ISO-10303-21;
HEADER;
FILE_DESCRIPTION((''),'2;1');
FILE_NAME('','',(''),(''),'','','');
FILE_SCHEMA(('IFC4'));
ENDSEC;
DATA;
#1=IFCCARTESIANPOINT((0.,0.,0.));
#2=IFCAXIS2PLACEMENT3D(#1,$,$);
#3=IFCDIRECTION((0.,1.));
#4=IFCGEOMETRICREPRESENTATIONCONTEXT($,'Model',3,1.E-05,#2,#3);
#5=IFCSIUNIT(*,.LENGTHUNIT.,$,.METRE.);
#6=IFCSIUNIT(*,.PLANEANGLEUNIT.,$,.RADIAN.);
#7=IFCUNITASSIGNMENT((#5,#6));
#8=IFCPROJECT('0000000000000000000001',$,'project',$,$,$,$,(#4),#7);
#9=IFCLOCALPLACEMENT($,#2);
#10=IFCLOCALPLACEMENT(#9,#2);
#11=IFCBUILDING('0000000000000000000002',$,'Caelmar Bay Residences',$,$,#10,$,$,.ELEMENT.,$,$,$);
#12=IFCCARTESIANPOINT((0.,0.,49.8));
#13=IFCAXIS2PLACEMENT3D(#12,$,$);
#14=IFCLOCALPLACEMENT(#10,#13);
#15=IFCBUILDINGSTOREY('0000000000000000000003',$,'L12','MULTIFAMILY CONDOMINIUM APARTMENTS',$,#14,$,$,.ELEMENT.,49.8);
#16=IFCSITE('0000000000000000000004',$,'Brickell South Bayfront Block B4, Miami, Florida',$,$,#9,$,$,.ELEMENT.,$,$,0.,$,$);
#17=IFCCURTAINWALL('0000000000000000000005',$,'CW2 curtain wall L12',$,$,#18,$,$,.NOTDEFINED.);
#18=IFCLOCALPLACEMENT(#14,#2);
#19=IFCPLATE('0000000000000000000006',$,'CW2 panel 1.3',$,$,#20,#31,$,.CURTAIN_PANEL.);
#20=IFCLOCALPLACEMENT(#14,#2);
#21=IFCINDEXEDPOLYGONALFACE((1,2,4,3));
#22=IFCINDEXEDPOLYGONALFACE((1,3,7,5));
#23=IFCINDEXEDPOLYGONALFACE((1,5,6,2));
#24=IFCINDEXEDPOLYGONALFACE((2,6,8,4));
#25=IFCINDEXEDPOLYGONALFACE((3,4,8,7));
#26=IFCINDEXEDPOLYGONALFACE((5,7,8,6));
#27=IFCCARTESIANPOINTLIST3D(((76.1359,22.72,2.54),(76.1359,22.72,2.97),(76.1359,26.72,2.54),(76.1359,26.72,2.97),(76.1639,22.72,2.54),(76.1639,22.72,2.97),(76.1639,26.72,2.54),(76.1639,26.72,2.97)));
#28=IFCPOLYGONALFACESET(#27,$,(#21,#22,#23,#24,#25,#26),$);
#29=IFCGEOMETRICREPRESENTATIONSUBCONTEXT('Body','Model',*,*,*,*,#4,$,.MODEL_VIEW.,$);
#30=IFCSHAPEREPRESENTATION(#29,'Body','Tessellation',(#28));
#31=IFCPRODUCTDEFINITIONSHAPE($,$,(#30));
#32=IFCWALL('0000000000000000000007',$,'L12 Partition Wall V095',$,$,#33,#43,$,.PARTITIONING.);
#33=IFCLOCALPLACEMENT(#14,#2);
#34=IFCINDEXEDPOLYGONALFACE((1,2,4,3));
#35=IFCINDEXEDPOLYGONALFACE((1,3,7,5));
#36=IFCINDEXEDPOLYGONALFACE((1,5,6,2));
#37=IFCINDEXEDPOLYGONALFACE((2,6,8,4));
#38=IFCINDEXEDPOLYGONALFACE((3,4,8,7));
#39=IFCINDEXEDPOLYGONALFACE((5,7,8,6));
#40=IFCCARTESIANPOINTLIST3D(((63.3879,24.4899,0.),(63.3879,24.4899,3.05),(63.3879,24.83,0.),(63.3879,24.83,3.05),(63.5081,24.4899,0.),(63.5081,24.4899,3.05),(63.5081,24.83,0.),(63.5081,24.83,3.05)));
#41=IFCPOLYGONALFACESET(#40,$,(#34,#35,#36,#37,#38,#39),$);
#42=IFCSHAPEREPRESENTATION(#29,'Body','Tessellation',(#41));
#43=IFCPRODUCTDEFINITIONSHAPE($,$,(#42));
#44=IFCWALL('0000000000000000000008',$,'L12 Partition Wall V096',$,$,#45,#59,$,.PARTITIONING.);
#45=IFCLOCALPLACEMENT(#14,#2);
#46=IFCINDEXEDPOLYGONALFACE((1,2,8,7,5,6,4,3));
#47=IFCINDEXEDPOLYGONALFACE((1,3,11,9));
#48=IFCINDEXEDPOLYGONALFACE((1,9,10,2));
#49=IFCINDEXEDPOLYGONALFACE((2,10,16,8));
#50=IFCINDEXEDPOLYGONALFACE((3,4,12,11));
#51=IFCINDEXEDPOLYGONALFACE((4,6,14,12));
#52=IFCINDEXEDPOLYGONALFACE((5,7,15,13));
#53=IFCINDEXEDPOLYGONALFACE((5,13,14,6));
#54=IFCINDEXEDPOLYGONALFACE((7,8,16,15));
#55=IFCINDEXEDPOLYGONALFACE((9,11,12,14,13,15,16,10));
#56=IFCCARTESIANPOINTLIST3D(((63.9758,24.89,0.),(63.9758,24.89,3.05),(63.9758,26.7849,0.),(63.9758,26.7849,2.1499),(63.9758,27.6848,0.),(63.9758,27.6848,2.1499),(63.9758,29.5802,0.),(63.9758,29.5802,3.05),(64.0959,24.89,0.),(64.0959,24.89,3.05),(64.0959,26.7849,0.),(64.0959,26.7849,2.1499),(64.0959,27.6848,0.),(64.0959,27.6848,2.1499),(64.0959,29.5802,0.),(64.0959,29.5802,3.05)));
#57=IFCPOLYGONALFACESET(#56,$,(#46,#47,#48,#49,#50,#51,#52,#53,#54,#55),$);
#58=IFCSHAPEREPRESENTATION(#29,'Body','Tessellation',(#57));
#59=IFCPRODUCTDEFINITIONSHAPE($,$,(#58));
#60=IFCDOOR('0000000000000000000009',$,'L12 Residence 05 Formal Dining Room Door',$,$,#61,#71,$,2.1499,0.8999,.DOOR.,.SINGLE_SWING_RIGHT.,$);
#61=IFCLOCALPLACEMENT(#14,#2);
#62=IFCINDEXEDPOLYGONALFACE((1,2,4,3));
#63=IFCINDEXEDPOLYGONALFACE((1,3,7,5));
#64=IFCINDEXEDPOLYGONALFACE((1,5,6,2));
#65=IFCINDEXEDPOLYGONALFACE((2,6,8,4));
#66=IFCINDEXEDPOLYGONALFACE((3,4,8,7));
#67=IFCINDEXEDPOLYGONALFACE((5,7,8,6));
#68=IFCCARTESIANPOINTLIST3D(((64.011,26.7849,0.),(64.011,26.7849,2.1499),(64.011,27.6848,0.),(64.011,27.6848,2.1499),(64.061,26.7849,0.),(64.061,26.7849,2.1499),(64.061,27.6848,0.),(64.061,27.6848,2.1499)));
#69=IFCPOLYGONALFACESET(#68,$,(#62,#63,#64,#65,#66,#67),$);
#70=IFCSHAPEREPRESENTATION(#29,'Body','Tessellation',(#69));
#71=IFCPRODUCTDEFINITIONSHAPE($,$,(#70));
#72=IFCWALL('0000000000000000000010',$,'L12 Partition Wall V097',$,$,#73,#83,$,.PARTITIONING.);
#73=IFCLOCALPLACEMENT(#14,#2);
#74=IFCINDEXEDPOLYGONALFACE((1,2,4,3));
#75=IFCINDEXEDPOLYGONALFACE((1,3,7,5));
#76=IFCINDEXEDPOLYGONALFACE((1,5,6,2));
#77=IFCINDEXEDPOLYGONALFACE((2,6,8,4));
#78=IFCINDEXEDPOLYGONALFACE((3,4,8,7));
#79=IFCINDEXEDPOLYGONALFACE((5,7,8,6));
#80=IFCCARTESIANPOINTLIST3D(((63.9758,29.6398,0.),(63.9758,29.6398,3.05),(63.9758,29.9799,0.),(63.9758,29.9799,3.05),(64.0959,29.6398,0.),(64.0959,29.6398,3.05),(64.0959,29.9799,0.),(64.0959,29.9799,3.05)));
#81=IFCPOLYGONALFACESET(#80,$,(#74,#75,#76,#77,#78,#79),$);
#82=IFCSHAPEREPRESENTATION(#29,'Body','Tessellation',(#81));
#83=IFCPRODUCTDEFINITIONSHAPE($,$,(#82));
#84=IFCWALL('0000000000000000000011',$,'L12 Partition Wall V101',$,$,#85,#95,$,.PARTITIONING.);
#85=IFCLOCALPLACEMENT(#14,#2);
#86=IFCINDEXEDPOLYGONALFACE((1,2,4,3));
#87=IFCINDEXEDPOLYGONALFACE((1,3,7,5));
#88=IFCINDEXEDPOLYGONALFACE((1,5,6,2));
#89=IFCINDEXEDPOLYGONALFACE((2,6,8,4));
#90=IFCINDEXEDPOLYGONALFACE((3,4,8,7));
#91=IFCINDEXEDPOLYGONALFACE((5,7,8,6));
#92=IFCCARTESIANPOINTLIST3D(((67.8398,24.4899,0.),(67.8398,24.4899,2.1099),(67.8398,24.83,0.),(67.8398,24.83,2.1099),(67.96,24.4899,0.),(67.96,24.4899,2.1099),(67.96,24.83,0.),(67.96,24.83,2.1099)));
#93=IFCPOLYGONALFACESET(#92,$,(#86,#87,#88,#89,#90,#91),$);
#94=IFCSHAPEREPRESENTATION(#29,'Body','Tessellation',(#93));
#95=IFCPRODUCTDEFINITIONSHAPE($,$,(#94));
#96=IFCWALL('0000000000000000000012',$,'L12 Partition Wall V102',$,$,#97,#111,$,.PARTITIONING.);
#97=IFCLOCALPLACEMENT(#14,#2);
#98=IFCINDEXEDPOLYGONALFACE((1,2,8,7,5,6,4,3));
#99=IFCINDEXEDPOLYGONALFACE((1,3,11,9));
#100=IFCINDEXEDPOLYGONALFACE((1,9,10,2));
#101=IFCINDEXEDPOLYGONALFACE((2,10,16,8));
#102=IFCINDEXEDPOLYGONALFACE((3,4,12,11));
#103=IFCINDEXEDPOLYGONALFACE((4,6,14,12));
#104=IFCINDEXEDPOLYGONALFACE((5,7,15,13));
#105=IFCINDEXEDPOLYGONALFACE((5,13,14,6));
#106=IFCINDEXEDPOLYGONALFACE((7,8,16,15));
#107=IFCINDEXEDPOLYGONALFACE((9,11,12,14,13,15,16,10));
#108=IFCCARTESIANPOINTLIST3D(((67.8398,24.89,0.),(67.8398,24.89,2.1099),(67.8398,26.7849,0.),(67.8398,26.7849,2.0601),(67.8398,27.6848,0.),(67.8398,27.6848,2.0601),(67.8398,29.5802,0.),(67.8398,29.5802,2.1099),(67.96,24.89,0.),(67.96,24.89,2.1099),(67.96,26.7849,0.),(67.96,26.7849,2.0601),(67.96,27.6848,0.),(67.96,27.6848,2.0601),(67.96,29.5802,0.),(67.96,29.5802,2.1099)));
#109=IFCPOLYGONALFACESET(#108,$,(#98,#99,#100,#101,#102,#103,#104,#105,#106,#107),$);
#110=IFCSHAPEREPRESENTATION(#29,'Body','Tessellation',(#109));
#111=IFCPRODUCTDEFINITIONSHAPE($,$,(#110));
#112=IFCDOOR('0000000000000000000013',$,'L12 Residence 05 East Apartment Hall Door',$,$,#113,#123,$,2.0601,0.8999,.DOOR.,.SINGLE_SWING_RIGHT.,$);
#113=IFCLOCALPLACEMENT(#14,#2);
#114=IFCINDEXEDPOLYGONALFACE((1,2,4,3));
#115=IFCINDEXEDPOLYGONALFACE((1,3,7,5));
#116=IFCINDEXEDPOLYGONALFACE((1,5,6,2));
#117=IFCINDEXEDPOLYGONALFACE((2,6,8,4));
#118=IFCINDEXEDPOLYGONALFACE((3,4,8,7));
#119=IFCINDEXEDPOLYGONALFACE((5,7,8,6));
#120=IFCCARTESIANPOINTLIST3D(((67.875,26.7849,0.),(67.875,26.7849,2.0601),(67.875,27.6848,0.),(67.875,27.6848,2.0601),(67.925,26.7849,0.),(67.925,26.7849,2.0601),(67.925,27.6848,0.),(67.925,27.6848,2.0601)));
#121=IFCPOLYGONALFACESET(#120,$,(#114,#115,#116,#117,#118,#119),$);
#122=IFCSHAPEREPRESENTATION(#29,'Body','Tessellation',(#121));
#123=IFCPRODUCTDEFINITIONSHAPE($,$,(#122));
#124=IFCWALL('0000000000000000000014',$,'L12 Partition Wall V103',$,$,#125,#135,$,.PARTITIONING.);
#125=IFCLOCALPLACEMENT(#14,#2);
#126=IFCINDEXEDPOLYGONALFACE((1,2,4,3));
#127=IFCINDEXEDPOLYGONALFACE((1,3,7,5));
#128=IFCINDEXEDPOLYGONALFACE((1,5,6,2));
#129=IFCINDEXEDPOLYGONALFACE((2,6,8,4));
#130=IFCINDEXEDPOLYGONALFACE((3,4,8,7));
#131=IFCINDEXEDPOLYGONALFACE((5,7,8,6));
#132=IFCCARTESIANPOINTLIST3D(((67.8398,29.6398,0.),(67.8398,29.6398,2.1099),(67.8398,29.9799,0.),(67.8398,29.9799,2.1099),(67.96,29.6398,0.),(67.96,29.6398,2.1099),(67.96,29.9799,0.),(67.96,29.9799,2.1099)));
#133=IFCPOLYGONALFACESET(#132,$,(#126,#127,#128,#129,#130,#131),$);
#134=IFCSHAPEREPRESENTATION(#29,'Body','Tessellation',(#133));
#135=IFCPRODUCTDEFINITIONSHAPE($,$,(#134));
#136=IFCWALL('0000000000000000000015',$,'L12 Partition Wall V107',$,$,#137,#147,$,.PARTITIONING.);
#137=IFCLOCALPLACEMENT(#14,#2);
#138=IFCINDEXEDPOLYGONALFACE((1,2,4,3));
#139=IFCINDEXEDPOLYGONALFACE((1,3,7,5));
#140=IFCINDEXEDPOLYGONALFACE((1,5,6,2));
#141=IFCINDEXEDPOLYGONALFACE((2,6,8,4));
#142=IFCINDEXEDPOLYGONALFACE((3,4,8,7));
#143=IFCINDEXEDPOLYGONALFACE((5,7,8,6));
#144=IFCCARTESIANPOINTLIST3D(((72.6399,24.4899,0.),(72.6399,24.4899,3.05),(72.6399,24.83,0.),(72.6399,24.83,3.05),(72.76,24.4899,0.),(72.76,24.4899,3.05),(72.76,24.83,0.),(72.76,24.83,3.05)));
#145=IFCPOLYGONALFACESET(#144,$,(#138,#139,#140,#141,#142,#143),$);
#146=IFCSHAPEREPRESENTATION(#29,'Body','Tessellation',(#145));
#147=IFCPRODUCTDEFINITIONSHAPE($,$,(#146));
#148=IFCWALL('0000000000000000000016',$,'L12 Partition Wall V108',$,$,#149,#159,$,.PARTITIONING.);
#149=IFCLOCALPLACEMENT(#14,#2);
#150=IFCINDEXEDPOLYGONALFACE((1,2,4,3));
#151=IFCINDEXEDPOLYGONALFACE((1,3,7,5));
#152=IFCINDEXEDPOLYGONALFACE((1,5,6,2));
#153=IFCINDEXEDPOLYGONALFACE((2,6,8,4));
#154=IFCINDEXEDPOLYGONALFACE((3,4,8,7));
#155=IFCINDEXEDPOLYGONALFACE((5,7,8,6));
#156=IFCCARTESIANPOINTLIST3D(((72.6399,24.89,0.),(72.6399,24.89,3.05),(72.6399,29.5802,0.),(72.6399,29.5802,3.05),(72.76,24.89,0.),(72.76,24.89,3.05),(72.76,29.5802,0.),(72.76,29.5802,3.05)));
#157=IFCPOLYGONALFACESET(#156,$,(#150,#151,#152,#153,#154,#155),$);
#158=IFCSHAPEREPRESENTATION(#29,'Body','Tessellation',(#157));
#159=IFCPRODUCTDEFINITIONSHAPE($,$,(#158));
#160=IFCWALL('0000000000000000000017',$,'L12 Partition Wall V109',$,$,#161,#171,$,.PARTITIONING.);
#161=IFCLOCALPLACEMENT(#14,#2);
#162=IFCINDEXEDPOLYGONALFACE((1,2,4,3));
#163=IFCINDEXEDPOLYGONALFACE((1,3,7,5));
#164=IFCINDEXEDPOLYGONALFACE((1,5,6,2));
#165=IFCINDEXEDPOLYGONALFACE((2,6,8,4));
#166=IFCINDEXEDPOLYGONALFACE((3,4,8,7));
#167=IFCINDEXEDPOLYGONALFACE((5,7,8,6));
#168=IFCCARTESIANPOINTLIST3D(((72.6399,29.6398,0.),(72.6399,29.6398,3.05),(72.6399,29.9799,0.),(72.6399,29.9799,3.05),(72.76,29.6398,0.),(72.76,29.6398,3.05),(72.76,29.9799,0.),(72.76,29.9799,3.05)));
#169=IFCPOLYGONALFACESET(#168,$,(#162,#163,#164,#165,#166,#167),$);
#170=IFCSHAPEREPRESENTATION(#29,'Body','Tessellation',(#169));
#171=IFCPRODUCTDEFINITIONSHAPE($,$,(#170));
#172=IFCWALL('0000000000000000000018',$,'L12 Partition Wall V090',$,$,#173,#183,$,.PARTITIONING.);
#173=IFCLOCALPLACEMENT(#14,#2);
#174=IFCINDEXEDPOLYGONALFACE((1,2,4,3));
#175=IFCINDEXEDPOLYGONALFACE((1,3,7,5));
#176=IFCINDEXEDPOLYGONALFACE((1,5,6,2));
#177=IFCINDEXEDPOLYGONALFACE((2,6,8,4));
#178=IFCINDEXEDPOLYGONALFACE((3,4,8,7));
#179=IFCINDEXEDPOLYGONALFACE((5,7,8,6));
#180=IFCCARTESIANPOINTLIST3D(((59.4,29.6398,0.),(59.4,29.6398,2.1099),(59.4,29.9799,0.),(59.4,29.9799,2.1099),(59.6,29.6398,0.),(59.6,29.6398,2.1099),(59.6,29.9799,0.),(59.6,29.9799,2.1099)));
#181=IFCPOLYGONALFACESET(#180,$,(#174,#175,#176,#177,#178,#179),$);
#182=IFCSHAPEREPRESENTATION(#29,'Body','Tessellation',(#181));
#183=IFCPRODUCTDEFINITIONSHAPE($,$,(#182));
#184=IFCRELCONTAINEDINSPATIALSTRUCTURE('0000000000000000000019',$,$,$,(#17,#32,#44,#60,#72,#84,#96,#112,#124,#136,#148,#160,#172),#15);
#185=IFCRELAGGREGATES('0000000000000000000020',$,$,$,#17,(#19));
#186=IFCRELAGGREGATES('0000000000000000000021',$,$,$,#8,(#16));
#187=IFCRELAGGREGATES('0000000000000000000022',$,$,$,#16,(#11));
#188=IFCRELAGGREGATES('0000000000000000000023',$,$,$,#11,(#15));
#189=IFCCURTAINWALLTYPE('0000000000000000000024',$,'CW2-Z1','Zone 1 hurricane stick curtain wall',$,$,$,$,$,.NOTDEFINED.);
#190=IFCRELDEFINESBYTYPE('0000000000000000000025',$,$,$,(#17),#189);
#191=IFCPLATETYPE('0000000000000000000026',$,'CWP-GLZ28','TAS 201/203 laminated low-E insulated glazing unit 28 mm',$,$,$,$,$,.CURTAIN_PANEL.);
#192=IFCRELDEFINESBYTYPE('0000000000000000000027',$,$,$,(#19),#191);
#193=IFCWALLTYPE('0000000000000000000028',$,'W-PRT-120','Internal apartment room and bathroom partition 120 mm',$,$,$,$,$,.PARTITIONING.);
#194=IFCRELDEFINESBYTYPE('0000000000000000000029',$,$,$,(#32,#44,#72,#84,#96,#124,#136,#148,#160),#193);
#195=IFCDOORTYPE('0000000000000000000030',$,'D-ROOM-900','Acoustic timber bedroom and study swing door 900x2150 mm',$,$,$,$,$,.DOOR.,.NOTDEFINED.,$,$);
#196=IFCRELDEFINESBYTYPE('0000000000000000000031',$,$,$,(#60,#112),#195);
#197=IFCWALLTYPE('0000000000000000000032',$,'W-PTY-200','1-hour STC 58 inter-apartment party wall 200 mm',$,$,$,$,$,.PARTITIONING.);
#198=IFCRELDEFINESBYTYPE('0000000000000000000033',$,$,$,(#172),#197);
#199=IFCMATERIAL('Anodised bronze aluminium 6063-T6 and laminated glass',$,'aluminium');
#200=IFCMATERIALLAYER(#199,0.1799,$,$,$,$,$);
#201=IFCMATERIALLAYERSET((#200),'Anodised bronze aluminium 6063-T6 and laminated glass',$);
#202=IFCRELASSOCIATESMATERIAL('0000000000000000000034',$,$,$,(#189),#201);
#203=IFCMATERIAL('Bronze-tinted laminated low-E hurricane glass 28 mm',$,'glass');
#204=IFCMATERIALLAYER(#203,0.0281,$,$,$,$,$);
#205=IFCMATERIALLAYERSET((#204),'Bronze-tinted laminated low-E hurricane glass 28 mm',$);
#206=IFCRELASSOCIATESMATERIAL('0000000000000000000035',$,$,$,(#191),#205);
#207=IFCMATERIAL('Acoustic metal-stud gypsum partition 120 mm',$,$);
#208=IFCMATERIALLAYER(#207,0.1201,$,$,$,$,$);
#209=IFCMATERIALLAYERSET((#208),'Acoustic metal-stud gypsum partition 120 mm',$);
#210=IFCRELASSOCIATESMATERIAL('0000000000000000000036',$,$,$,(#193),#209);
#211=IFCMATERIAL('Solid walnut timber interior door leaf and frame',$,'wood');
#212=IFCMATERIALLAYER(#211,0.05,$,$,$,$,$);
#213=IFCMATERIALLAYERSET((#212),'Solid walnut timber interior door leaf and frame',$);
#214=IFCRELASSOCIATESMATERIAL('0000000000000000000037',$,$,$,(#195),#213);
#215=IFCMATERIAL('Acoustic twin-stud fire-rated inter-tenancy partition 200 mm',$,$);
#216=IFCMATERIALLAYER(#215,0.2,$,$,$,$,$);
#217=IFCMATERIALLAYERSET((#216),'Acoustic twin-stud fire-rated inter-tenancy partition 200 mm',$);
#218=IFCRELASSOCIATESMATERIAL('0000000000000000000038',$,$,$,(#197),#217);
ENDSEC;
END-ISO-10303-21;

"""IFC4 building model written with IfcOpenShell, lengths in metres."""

from ifc_helpers import new_model, si_unit, direction, frame, frame_2d, origin, origin_2d, place, context, subcontext, project, spatial, rectangle, extrude, material, layer, layer_set, type_object, element, fill, aggregate, save


model = new_model("IFC4")

# Units and contexts
model_context = context("Model", 3, precision=1e-05, world=origin(), true_north=direction((0.0, 1.0)))
body_context = subcontext(model_context, "Body", "Model", "MODEL_VIEW")
ifc_project = project(units=[si_unit("LENGTHUNIT", "METRE"), si_unit("PLANEANGLEUNIT", "RADIAN")], contexts=[model_context])

# Site, building, storey
site_placement = place(None, origin())
site = spatial("IfcSite", under=ifc_project, at=site_placement, Name="Brickell South Bayfront Block B4, Miami, Florida", CompositionType="ELEMENT", RefElevation=0.0)
building_placement = place(site_placement, origin())
building = spatial("IfcBuilding", under=site, at=building_placement, Name="Caelmar Bay Residences", CompositionType="ELEMENT")
storey_placement = place(building_placement, frame((0.0, 0.0, 49.8)))
storey = spatial("IfcBuildingStorey", under=building, at=storey_placement, Name="L12", Description="MULTIFAMILY CONDOMINIUM APARTMENTS", CompositionType="ELEMENT", Elevation=49.8)

# Curtain wall, plate
ifc_material_1 = material(Name="Anodised bronze aluminium 6063-T6 and laminated glass", Category="aluminium")
ifc_layer_1 = layer(ifc_material_1, 0.1799)
ifc_layer_set_1 = layer_set([ifc_layer_1], Name="Anodised bronze aluminium 6063-T6 and laminated glass")
curtain_wall_type = type_object("IfcCurtainWallType", Name="CW2-Z1", Description="Zone 1 hurricane stick curtain wall", PredefinedType="NOTDEFINED", material=ifc_layer_set_1)
curtain_wall_placement = place(storey_placement, origin())
curtain_wall = element("IfcCurtainWall", 1, at=curtain_wall_placement, inside=storey, type_object=curtain_wall_type, Name="CW2 curtain wall L12", PredefinedType="NOTDEFINED")
ifc_material_2 = material(Name="Bronze-tinted laminated low-E hurricane glass 28 mm", Category="glass")
ifc_layer_2 = layer(ifc_material_2, 0.0281)
ifc_layer_set_2 = layer_set([ifc_layer_2], Name="Bronze-tinted laminated low-E hurricane glass 28 mm")
plate_type = type_object("IfcPlateType", Name="CWP-GLZ28", Description="TAS 201/203 laminated low-E insulated glazing unit 28 mm", PredefinedType="CURTAIN_PANEL", material=ifc_layer_set_2)
plate_1_placement = place(storey_placement, frame((76.1499, 24.72, 2.54), z_axis=(0.0, 0.0, 1.0), x_axis=(0.0, -1.0, 0.0)))
plate_1 = element("IfcPlate", 2, at=plate_1_placement, type_object=plate_type, Name="CW2 panel 1.3", PredefinedType="CURTAIN_PANEL", context=body_context, shape_type="SweptSolid", body=[
    extrude(rectangle(XDim=4.0, YDim=0.0281, at=origin_2d()), origin(), (0.0, 0.0, 1.0), 0.4299),
])
aggregate(curtain_wall, [plate_1])

# Wall
ifc_material_3 = material(Name="Acoustic metal-stud gypsum partition 120 mm")
ifc_layer_3 = layer(ifc_material_3, 0.1201)
ifc_layer_set_3 = layer_set([ifc_layer_3], Name="Acoustic metal-stud gypsum partition 120 mm")
wall_type_1 = type_object("IfcWallType", Name="W-PRT-120", Description="Internal apartment room and bathroom partition 120 mm", PredefinedType="PARTITIONING", material=ifc_layer_set_3)
wall_1_placement = place(storey_placement, frame((63.448, 24.49, 0.0), z_axis=(0.0, 0.0, 1.0), x_axis=(0.0, 1.0, 0.0)))
element("IfcWall", 3, at=wall_1_placement, inside=storey, type_object=wall_type_1, Name="L12 Partition Wall V095", PredefinedType="PARTITIONING", context=body_context, shape_type="SweptSolid", body=[
    extrude(rectangle(XDim=0.3401, YDim=0.1201, at=frame_2d((0.1699, 0.0))), origin(), (0.0, 0.0, 1.0), 3.05),
])

# Wall, opening, door
wall_2_placement = place(storey_placement, frame((64.0359, 24.8899, 0.0), z_axis=(0.0, 0.0, 1.0), x_axis=(0.0, 1.0, 0.0)))
wall_2 = element("IfcWall", 4, at=wall_2_placement, inside=storey, type_object=wall_type_1, Name="L12 Partition Wall V096", PredefinedType="PARTITIONING", context=body_context, shape_type="SweptSolid", body=[
    extrude(rectangle(XDim=4.6902, YDim=0.1201, at=frame_2d((2.3452, 0.0))), origin(), (0.0, 0.0, 1.0), 3.05),
])
opening_1_placement = place(wall_2_placement, frame((1.895, 0.0, 0.0)))
opening_1 = element("IfcOpeningElement", 5, at=opening_1_placement, cuts=wall_2, PredefinedType="OPENING", context=body_context, shape_type="SweptSolid", body=[
    extrude(rectangle(XDim=0.8999, YDim=2.1499, at=frame_2d((0.45, 1.075))), frame((0.0, 0.0701, 0.0), z_axis=(0.0, -1.0, 0.0), x_axis=(1.0, 0.0, 0.0)), (0.0, 0.0, 1.0), 0.1401),
])
ifc_material_4 = material(Name="Solid walnut timber interior door leaf and frame", Category="wood")
ifc_layer_4 = layer(ifc_material_4, 0.05)
ifc_layer_set_4 = layer_set([ifc_layer_4], Name="Solid walnut timber interior door leaf and frame")
door_type = type_object("IfcDoorType", Name="D-ROOM-900", Description="Acoustic timber bedroom and study swing door 900x2150 mm", OperationType="NOTDEFINED", PredefinedType="DOOR", material=ifc_layer_set_4)
door_1_placement = place(opening_1_placement, origin())
door_1 = element("IfcDoor", 6, at=door_1_placement, inside=storey, type_object=door_type, Name="L12 Residence 05 Formal Dining Room Door", OperationType="SINGLE_SWING_RIGHT", OverallHeight=2.1499, OverallWidth=0.8999, PredefinedType="DOOR", context=body_context, shape_type="SweptSolid", body=[
    extrude(rectangle(XDim=0.8999, YDim=2.1499, at=frame_2d((0.45, 1.075))), frame((0.0, 0.0249, 0.0), z_axis=(0.0, -1.0, 0.0), x_axis=(1.0, 0.0, 0.0)), (0.0, 0.0, 1.0), 0.05),
])
fill(opening_1, door_1)

# Walls
wall_3_placement = place(storey_placement, frame((64.0359, 29.6399, 0.0), z_axis=(0.0, 0.0, 1.0), x_axis=(0.0, 1.0, 0.0)))
element("IfcWall", 7, at=wall_3_placement, inside=storey, type_object=wall_type_1, Name="L12 Partition Wall V097", PredefinedType="PARTITIONING", context=body_context, shape_type="SweptSolid", body=[
    extrude(rectangle(XDim=0.3401, YDim=0.1201, at=frame_2d((0.1699, 0.0))), origin(), (0.0, 0.0, 1.0), 3.05),
])
wall_4_placement = place(storey_placement, frame((67.8999, 24.49, 0.0), z_axis=(0.0, 0.0, 1.0), x_axis=(0.0, 1.0, 0.0)))
element("IfcWall", 8, at=wall_4_placement, inside=storey, type_object=wall_type_1, Name="L12 Partition Wall V101", PredefinedType="PARTITIONING", context=body_context, shape_type="SweptSolid", body=[
    extrude(rectangle(XDim=0.3401, YDim=0.1201, at=frame_2d((0.1699, 0.0))), origin(), (0.0, 0.0, 1.0), 2.1099),
])

# Wall, opening, door
wall_5_placement = place(storey_placement, frame((67.8999, 24.8899, 0.0), z_axis=(0.0, 0.0, 1.0), x_axis=(0.0, 1.0, 0.0)))
wall_5 = element("IfcWall", 9, at=wall_5_placement, inside=storey, type_object=wall_type_1, Name="L12 Partition Wall V102", PredefinedType="PARTITIONING", context=body_context, shape_type="SweptSolid", body=[
    extrude(rectangle(XDim=4.6902, YDim=0.1201, at=frame_2d((2.3452, 0.0))), origin(), (0.0, 0.0, 1.0), 2.1099),
])
opening_2_placement = place(wall_5_placement, frame((1.895, 0.0, 0.0)))
opening_2 = element("IfcOpeningElement", 10, at=opening_2_placement, cuts=wall_5, PredefinedType="OPENING", context=body_context, shape_type="SweptSolid", body=[
    extrude(rectangle(XDim=0.8999, YDim=2.0601, at=frame_2d((0.45, 1.03))), frame((0.0, 0.0701, 0.0), z_axis=(0.0, -1.0, 0.0), x_axis=(1.0, 0.0, 0.0)), (0.0, 0.0, 1.0), 0.1401),
])
door_2_placement = place(opening_2_placement, origin())
door_2 = element("IfcDoor", 11, at=door_2_placement, inside=storey, type_object=door_type, Name="L12 Residence 05 East Apartment Hall Door", OperationType="SINGLE_SWING_RIGHT", OverallHeight=2.0601, OverallWidth=0.8999, PredefinedType="DOOR", context=body_context, shape_type="SweptSolid", body=[
    extrude(rectangle(XDim=0.8999, YDim=2.0601, at=frame_2d((0.45, 1.03))), frame((0.0, 0.0249, 0.0), z_axis=(0.0, -1.0, 0.0), x_axis=(1.0, 0.0, 0.0)), (0.0, 0.0, 1.0), 0.05),
])
fill(opening_2, door_2)

# Walls
wall_6_placement = place(storey_placement, frame((67.8999, 29.6399, 0.0), z_axis=(0.0, 0.0, 1.0), x_axis=(0.0, 1.0, 0.0)))
element("IfcWall", 12, at=wall_6_placement, inside=storey, type_object=wall_type_1, Name="L12 Partition Wall V103", PredefinedType="PARTITIONING", context=body_context, shape_type="SweptSolid", body=[
    extrude(rectangle(XDim=0.3401, YDim=0.1201, at=frame_2d((0.1699, 0.0))), origin(), (0.0, 0.0, 1.0), 2.1099),
])
wall_7_placement = place(storey_placement, frame((72.7, 24.49, 0.0), z_axis=(0.0, 0.0, 1.0), x_axis=(0.0, 1.0, 0.0)))
element("IfcWall", 13, at=wall_7_placement, inside=storey, type_object=wall_type_1, Name="L12 Partition Wall V107", PredefinedType="PARTITIONING", context=body_context, shape_type="SweptSolid", body=[
    extrude(rectangle(XDim=0.3401, YDim=0.1201, at=frame_2d((0.1699, 0.0))), origin(), (0.0, 0.0, 1.0), 3.05),
])
wall_8_placement = place(storey_placement, frame((72.7, 24.8899, 0.0), z_axis=(0.0, 0.0, 1.0), x_axis=(0.0, 1.0, 0.0)))
element("IfcWall", 14, at=wall_8_placement, inside=storey, type_object=wall_type_1, Name="L12 Partition Wall V108", PredefinedType="PARTITIONING", context=body_context, shape_type="SweptSolid", body=[
    extrude(rectangle(XDim=4.6902, YDim=0.1201, at=frame_2d((2.3452, 0.0))), origin(), (0.0, 0.0, 1.0), 3.05),
])
wall_9_placement = place(storey_placement, frame((72.7, 29.6399, 0.0), z_axis=(0.0, 0.0, 1.0), x_axis=(0.0, 1.0, 0.0)))
element("IfcWall", 15, at=wall_9_placement, inside=storey, type_object=wall_type_1, Name="L12 Partition Wall V109", PredefinedType="PARTITIONING", context=body_context, shape_type="SweptSolid", body=[
    extrude(rectangle(XDim=0.3401, YDim=0.1201, at=frame_2d((0.1699, 0.0))), origin(), (0.0, 0.0, 1.0), 3.05),
])
ifc_material_5 = material(Name="Acoustic twin-stud fire-rated inter-tenancy partition 200 mm")
ifc_layer_5 = layer(ifc_material_5, 0.2)
ifc_layer_set_5 = layer_set([ifc_layer_5], Name="Acoustic twin-stud fire-rated inter-tenancy partition 200 mm")
wall_type_2 = type_object("IfcWallType", Name="W-PTY-200", Description="1-hour STC 58 inter-apartment party wall 200 mm", PredefinedType="PARTITIONING", material=ifc_layer_set_5)
wall_10_placement = place(storey_placement, frame((59.5, 29.6399, 0.0), z_axis=(0.0, 0.0, 1.0), x_axis=(0.0, 1.0, 0.0)))
element("IfcWall", 16, at=wall_10_placement, inside=storey, type_object=wall_type_2, Name="L12 Partition Wall V090", PredefinedType="PARTITIONING", context=body_context, shape_type="SweptSolid", body=[
    extrude(rectangle(XDim=0.3401, YDim=0.2, at=frame_2d((0.1699, 0.0))), origin(), (0.0, 0.0, 1.0), 2.1099),
])

save(model, "model.ifc")
